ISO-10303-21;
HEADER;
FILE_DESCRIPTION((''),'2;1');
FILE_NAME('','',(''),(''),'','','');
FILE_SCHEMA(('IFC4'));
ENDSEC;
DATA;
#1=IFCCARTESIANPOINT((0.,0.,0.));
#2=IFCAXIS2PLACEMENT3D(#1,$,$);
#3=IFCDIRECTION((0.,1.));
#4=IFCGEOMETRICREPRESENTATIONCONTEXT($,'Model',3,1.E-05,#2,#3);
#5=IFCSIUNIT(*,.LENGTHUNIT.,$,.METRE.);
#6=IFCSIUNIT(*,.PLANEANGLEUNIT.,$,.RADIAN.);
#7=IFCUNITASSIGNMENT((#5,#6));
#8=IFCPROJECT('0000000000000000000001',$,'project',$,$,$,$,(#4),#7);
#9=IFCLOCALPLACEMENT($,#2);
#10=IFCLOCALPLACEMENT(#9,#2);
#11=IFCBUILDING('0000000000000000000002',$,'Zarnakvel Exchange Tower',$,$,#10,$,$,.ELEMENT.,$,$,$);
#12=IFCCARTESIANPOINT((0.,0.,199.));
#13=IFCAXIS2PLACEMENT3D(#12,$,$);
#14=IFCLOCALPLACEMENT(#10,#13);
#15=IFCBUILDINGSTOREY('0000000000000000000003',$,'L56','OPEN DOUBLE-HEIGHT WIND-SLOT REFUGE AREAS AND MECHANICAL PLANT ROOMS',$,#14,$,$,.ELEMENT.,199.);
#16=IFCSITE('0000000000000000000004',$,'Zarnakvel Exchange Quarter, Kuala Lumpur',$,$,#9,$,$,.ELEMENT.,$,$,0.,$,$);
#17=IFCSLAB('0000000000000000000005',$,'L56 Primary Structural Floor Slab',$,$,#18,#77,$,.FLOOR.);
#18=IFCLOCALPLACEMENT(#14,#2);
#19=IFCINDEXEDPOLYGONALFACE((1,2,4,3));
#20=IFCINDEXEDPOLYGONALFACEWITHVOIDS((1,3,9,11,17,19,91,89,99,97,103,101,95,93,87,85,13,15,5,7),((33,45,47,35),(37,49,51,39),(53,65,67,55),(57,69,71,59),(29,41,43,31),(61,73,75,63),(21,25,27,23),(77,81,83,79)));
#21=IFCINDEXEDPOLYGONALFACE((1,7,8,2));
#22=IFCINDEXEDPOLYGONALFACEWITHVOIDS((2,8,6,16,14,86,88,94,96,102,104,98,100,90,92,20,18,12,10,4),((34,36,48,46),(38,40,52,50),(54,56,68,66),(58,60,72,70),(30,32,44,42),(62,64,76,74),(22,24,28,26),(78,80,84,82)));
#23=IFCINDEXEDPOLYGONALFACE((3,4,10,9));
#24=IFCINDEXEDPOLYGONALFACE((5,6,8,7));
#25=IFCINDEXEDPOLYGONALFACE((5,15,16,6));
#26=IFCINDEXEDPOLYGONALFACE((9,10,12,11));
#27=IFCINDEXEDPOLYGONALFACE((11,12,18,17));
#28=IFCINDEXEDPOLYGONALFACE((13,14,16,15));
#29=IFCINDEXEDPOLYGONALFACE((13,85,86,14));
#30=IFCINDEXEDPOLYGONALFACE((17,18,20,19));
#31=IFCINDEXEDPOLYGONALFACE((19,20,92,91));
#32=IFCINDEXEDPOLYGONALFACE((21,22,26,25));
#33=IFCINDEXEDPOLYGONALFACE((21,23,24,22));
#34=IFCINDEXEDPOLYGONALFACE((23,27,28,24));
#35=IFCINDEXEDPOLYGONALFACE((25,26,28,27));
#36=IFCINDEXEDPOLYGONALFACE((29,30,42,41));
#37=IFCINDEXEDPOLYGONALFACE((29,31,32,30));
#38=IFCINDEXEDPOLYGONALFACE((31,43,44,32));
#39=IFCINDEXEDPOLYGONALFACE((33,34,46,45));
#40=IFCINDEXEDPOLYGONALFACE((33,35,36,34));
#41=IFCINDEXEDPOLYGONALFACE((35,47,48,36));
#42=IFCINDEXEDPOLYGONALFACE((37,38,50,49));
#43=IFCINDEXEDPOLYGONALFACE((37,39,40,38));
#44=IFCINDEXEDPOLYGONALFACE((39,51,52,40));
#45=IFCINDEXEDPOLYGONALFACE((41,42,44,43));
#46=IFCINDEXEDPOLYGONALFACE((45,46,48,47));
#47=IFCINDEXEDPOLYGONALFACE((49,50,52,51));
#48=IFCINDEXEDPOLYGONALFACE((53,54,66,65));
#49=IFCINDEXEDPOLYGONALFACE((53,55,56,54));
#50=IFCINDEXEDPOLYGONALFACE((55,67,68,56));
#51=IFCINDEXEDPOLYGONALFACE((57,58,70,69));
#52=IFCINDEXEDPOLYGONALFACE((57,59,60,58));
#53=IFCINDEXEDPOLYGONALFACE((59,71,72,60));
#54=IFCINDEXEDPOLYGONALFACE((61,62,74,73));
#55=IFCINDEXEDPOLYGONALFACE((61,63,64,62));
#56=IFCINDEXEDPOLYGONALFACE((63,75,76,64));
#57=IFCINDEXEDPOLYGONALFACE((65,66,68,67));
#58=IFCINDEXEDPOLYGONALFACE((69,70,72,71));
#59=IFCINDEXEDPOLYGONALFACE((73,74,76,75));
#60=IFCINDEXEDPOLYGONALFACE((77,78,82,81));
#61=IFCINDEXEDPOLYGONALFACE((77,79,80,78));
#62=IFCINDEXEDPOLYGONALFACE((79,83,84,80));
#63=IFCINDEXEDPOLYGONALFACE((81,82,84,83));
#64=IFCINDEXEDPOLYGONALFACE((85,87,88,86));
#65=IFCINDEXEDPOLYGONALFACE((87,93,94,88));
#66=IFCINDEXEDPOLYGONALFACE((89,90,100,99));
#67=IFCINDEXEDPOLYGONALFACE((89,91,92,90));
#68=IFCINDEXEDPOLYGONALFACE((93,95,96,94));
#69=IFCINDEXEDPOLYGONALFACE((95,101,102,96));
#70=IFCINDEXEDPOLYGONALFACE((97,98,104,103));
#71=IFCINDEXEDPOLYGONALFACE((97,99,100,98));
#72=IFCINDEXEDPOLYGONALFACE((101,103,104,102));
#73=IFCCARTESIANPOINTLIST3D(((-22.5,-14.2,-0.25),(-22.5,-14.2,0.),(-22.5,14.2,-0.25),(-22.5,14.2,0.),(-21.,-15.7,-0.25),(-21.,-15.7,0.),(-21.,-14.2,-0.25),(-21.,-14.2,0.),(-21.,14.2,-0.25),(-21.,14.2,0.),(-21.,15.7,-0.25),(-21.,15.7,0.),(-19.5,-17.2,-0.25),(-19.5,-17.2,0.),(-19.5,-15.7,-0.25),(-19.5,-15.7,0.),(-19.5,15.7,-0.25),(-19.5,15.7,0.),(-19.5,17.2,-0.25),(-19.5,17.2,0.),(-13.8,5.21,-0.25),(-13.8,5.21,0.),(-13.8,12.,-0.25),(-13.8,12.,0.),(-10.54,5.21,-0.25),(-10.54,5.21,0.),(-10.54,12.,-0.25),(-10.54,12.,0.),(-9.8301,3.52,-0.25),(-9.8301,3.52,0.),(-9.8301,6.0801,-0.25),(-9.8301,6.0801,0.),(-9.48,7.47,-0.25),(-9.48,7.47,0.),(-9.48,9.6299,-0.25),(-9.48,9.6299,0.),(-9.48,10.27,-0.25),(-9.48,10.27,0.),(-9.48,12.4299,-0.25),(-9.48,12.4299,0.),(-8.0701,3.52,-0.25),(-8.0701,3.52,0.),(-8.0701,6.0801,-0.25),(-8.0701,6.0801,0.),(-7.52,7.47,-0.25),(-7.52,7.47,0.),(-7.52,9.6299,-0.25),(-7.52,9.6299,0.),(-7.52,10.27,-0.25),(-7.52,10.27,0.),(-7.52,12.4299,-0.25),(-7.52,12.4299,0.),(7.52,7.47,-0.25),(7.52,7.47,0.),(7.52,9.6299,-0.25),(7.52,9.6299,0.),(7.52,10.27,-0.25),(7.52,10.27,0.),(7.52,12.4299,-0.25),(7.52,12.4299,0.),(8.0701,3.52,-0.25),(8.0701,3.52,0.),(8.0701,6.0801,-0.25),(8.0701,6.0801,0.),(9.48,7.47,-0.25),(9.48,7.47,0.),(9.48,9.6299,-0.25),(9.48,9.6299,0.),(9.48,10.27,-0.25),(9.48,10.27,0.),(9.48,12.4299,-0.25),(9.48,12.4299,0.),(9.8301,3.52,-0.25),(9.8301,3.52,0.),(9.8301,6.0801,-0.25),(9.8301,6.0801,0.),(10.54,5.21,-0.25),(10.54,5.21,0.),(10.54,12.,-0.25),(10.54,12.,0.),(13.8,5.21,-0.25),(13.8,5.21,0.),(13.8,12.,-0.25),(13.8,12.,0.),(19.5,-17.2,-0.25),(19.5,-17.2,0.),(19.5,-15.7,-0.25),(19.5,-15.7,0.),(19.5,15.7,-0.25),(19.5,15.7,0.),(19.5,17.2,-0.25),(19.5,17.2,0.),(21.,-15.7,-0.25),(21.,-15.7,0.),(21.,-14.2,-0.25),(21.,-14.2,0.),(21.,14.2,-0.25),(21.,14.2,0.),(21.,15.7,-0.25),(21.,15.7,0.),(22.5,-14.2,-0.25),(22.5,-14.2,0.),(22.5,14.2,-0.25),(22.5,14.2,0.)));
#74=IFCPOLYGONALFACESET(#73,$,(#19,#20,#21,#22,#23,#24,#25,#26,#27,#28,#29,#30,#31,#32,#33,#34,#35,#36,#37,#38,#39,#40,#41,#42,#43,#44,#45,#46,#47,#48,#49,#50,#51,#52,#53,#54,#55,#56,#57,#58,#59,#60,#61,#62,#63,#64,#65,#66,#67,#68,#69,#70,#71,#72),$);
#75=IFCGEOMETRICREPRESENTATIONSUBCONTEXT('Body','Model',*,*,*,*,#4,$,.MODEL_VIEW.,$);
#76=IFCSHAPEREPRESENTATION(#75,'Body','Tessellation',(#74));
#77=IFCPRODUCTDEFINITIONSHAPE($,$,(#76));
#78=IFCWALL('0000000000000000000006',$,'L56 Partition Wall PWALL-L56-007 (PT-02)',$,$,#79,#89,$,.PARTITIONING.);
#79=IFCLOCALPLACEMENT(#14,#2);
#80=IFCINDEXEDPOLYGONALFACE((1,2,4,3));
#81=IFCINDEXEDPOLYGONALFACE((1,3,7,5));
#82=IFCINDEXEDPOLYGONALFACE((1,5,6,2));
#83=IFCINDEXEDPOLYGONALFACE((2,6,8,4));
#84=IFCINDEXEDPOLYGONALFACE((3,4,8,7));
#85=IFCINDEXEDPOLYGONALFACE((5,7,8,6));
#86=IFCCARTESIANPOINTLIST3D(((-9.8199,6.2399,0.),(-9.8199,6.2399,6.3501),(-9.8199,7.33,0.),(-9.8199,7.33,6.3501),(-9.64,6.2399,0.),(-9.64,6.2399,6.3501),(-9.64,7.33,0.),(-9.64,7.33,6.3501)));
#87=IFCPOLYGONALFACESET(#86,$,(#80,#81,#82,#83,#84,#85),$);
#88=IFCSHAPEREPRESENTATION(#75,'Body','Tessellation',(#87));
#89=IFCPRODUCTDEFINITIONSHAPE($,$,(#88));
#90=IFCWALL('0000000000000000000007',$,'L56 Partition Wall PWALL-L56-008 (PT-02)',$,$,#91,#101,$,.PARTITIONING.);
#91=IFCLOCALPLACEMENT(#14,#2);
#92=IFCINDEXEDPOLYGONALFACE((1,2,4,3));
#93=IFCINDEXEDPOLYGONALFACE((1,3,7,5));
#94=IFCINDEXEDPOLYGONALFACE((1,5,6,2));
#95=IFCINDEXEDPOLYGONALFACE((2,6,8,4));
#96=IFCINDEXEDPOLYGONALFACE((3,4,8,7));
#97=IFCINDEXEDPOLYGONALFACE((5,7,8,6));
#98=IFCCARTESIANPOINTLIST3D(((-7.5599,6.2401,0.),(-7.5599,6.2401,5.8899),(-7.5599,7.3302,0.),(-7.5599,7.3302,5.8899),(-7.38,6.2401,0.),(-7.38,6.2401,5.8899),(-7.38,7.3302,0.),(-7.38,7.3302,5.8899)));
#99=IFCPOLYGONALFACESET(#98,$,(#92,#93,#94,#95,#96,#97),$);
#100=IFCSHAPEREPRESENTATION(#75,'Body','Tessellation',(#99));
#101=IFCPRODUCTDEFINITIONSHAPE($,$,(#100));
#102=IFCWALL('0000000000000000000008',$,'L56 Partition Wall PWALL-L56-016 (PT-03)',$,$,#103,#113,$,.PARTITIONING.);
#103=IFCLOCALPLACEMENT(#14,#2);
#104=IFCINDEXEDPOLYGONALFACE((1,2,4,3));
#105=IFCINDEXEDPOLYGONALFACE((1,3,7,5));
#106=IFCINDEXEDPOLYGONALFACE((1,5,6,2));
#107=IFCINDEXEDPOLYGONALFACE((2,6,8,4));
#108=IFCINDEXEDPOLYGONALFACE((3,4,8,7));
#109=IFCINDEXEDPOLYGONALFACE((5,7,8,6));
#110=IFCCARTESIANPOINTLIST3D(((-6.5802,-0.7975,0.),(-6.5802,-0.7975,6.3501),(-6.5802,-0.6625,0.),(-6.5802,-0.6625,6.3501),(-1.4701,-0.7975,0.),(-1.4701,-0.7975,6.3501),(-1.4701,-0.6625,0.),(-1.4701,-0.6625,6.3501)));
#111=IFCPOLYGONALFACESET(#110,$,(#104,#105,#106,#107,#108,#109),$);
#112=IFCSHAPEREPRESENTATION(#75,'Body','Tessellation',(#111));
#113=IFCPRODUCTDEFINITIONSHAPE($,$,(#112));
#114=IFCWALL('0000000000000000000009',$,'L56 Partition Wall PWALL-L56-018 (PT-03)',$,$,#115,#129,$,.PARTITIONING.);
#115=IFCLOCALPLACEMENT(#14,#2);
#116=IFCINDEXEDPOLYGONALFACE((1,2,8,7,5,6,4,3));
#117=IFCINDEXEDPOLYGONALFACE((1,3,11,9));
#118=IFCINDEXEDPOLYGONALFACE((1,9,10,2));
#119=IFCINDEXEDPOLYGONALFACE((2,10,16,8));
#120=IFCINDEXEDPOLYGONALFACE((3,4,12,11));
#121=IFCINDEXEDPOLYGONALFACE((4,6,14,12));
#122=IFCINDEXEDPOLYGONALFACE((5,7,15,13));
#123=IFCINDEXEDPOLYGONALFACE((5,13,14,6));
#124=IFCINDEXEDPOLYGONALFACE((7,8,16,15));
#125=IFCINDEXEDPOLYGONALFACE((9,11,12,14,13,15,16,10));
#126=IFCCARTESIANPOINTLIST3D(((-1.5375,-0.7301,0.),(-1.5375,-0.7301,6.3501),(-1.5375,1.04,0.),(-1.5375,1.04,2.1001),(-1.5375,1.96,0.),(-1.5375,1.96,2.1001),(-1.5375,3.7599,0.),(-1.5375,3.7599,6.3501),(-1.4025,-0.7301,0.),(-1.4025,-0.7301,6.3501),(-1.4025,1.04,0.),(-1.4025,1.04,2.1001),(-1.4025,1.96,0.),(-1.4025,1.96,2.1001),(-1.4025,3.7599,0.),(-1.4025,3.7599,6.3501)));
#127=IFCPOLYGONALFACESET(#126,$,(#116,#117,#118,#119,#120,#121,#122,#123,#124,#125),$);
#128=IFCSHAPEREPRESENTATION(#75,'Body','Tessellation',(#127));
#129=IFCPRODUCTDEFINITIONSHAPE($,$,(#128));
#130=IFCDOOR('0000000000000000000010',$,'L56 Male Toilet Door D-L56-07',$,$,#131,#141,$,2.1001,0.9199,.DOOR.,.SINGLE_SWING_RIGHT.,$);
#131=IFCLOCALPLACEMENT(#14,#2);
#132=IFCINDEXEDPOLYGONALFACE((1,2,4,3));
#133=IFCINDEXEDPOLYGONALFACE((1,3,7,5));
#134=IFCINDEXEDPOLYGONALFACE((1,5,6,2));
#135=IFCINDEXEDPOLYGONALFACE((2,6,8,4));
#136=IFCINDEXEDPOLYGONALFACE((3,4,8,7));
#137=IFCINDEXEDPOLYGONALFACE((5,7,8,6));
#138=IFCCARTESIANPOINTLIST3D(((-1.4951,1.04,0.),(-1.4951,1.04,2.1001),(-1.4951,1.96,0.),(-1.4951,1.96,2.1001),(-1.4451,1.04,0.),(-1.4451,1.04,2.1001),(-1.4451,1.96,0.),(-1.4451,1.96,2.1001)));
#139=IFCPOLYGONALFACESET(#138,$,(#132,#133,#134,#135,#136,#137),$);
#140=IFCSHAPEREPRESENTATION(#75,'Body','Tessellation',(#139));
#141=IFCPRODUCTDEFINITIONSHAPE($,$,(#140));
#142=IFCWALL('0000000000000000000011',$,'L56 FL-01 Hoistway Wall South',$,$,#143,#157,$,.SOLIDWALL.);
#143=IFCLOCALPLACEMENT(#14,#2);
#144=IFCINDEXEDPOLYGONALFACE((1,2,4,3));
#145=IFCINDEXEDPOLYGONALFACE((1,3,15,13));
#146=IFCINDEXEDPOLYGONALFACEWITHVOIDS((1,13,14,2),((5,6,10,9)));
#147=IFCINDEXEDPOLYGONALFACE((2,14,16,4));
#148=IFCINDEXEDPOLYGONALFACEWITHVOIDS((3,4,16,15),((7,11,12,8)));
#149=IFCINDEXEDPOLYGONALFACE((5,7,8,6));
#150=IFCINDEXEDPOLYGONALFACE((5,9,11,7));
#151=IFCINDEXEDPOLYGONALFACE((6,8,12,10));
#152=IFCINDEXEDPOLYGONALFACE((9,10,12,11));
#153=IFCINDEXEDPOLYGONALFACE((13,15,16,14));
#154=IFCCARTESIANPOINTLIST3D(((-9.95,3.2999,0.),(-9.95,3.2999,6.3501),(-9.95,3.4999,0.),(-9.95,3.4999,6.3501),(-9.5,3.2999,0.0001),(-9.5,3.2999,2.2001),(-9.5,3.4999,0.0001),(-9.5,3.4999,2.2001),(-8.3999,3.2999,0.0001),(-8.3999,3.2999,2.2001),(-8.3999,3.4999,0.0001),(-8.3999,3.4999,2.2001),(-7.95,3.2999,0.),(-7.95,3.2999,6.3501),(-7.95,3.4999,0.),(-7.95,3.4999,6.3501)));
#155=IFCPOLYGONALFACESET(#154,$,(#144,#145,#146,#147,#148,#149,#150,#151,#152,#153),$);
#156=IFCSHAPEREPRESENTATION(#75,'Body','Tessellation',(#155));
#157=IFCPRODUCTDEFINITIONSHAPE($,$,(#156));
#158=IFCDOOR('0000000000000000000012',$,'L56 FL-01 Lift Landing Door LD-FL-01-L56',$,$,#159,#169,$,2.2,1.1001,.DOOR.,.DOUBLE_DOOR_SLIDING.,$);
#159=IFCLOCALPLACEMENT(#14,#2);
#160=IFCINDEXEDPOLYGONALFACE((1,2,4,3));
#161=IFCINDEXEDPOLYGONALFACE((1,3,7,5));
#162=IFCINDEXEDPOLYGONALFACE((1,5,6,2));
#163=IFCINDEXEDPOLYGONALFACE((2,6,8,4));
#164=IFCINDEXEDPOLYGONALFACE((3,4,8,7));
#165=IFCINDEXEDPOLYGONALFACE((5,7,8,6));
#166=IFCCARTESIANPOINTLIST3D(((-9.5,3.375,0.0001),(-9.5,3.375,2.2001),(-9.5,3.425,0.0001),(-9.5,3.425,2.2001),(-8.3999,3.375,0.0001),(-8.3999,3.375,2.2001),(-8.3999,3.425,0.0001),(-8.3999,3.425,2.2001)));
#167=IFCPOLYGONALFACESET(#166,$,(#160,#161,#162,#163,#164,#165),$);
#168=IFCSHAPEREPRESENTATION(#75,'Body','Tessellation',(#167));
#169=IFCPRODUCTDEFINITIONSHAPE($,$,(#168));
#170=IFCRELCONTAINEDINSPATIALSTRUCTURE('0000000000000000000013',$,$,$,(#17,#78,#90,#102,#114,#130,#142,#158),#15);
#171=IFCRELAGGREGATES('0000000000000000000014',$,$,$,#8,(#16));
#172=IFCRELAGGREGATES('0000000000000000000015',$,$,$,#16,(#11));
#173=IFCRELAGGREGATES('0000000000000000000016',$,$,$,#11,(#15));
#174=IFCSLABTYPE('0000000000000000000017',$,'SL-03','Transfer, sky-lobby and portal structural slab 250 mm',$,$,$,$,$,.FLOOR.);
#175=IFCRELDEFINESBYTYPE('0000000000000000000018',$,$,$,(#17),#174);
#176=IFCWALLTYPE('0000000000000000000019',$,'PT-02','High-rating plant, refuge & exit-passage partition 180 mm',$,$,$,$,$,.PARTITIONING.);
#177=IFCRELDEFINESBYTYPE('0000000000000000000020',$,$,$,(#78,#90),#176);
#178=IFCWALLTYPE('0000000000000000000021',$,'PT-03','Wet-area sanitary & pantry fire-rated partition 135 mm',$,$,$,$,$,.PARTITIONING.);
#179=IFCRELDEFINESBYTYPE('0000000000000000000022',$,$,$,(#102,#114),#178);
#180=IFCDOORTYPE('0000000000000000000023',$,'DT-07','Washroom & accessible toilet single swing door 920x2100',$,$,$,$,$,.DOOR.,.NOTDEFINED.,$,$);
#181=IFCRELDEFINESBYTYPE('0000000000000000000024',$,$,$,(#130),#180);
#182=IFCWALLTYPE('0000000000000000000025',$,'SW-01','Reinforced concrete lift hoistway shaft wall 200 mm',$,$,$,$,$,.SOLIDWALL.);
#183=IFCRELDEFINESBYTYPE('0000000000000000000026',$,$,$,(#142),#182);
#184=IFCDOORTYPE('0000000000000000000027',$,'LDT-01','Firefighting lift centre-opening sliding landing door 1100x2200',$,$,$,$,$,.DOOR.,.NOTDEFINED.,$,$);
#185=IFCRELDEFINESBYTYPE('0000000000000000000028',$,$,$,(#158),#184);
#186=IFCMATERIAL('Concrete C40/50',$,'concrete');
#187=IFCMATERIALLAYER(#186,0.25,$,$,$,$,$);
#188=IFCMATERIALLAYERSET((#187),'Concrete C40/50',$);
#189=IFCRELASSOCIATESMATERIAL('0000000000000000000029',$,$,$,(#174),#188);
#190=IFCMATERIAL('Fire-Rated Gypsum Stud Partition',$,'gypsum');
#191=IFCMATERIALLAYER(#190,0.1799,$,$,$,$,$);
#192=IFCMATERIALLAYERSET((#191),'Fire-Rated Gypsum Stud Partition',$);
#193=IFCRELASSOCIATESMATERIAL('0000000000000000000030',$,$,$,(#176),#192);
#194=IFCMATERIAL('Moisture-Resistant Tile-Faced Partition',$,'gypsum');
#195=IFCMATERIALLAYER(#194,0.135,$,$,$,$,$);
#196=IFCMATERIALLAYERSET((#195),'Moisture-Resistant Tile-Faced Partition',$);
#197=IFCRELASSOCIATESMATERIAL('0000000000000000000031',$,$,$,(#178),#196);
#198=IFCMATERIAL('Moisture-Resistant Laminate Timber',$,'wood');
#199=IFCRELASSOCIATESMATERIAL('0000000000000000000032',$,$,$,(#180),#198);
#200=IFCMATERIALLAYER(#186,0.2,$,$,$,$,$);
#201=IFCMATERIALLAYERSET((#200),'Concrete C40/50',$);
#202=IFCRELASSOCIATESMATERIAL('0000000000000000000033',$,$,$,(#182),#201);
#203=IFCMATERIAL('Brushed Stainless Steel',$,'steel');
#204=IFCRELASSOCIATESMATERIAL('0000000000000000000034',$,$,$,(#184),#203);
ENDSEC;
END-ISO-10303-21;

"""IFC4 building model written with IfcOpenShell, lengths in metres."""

from ifc_helpers import new_model, si_unit, direction, frame, frame_2d, origin, place, context, subcontext, project, spatial, polyline, rectangle, outline, extrude, source, transform, mapped, material, layer, layer_set, type_object, element, fill, save


model = new_model("IFC4")

# Units and contexts
model_context = context("Model", 3, precision=1e-05, world=origin(), true_north=direction((0.0, 1.0)))
body_context = subcontext(model_context, "Body", "Model", "MODEL_VIEW")
ifc_project = project(units=[si_unit("LENGTHUNIT", "METRE"), si_unit("PLANEANGLEUNIT", "RADIAN")], contexts=[model_context])

# Site, building, storey
site_placement = place(None, origin())
site = spatial("IfcSite", under=ifc_project, at=site_placement, Name="Zarnakvel Exchange Quarter, Kuala Lumpur", CompositionType="ELEMENT", RefElevation=0.0)
building_placement = place(site_placement, origin())
building = spatial("IfcBuilding", under=site, at=building_placement, Name="Zarnakvel Exchange Tower", CompositionType="ELEMENT")
storey_placement = place(building_placement, frame((0.0, 0.0, 199.0)))
storey = spatial("IfcBuildingStorey", under=building, at=storey_placement, Name="L56", Description="OPEN DOUBLE-HEIGHT WIND-SLOT REFUGE AREAS AND MECHANICAL PLANT ROOMS", CompositionType="ELEMENT", Elevation=199.0)

# Slab
ifc_material_1 = material(Name="Concrete C40/50", Category="concrete")
ifc_layer_1 = layer(ifc_material_1, 0.25)
ifc_layer_set_1 = layer_set([ifc_layer_1], Name="Concrete C40/50")
slab_type = type_object("IfcSlabType", Name="SL-03", Description="Transfer, sky-lobby and portal structural slab 250 mm", PredefinedType="FLOOR", material=ifc_layer_set_1)
slab_placement = place(storey_placement, frame((0.0, 0.0, -0.25)))
element("IfcSlab", 1, at=slab_placement, inside=storey, type_object=slab_type, Name="L56 Primary Structural Floor Slab", PredefinedType="FLOOR", context=body_context, shape_type="SweptSolid", body=[
    extrude(outline(polyline([(-22.5, -14.2), (-21.0, -14.2), (-21.0, -15.7), (-19.5, -15.7), (-19.5, -17.2), (19.5, -17.2), (19.5, -15.7), (21.0, -15.7), (21.0, -14.2), (22.5, -14.2), (22.5, 14.2), (21.0, 14.2), (21.0, 15.7), (19.5, 15.7), (19.5, 17.2), (-19.5, 17.2), (-19.5, 15.7), (-21.0, 15.7), (-21.0, 14.2), (-22.5, 14.2), (-22.5, -14.2)]), holes=[polyline([(-13.8, 5.21), (-10.54, 5.21), (-10.54, 12.0), (-13.8, 12.0), (-13.8, 5.21)]), polyline([(10.54, 5.21), (13.8, 5.21), (13.8, 12.0), (10.54, 12.0), (10.54, 5.21)]), polyline([(-9.8301, 3.52), (-8.0701, 3.52), (-8.0701, 6.0801), (-9.8301, 6.0801), (-9.8301, 3.52)]), polyline([(8.0701, 3.52), (9.8301, 3.52), (9.8301, 6.0801), (8.0701, 6.0801), (8.0701, 3.52)]), polyline([(-9.48, 7.47), (-7.52, 7.47), (-7.52, 9.6299), (-9.48, 9.6299), (-9.48, 7.47)]), polyline([(-9.48, 10.27), (-7.52, 10.27), (-7.52, 12.4299), (-9.48, 12.4299), (-9.48, 10.27)]), polyline([(7.52, 7.47), (9.48, 7.47), (9.48, 9.6299), (7.52, 9.6299), (7.52, 7.47)]), polyline([(7.52, 10.27), (9.48, 10.27), (9.48, 12.4299), (7.52, 12.4299), (7.52, 10.27)])]), origin(), (0.0, 0.0, 1.0), 0.25),
])

# Walls
ifc_material_2 = material(Name="Fire-Rated Gypsum Stud Partition", Category="gypsum")
ifc_layer_2 = layer(ifc_material_2, 0.1799)
ifc_layer_set_2 = layer_set([ifc_layer_2], Name="Fire-Rated Gypsum Stud Partition")
wall_type_1 = type_object("IfcWallType", Name="PT-02", Description="High-rating plant, refuge & exit-passage partition 180 mm", PredefinedType="PARTITIONING", material=ifc_layer_set_2)
wall_1_placement = place(storey_placement, frame((-9.73, 6.24, 0.0), z_axis=(0.0, 0.0, 1.0), x_axis=(0.0, 1.0, 0.0)))
element("IfcWall", 2, at=wall_1_placement, inside=storey, type_object=wall_type_1, Name="L56 Partition Wall PWALL-L56-007 (PT-02)", PredefinedType="PARTITIONING", context=body_context, shape_type="SweptSolid", body=[
    extrude(rectangle(XDim=1.0901, YDim=0.1799, at=frame_2d((0.5449, 0.0))), origin(), (0.0, 0.0, 1.0), 6.3501),
])
wall_2_placement = place(storey_placement, frame((-7.47, 7.3301, 0.0), z_axis=(0.0, 0.0, 1.0), x_axis=(0.0, -1.0, 0.0)))
element("IfcWall", 3, at=wall_2_placement, inside=storey, type_object=wall_type_1, Name="L56 Partition Wall PWALL-L56-008 (PT-02)", PredefinedType="PARTITIONING", context=body_context, shape_type="SweptSolid", body=[
    extrude(rectangle(XDim=1.0901, YDim=0.1799, at=frame_2d((0.5449, 0.0))), origin(), (0.0, 0.0, 1.0), 5.8899),
])
ifc_material_3 = material(Name="Moisture-Resistant Tile-Faced Partition", Category="gypsum")
ifc_layer_3 = layer(ifc_material_3, 0.135)
ifc_layer_set_3 = layer_set([ifc_layer_3], Name="Moisture-Resistant Tile-Faced Partition")
wall_type_2 = type_object("IfcWallType", Name="PT-03", Description="Wet-area sanitary & pantry fire-rated partition 135 mm", PredefinedType="PARTITIONING", material=ifc_layer_set_3)
wall_3_placement = place(storey_placement, frame((-1.47, -0.73, 0.0), z_axis=(0.0, 0.0, 1.0), x_axis=(-1.0, 0.0, 0.0)))
element("IfcWall", 4, at=wall_3_placement, inside=storey, type_object=wall_type_2, Name="L56 Partition Wall PWALL-L56-016 (PT-03)", PredefinedType="PARTITIONING", context=body_context, shape_type="SweptSolid", body=[
    extrude(rectangle(XDim=5.1101, YDim=0.135, at=frame_2d((2.5552, 0.0))), origin(), (0.0, 0.0, 1.0), 6.3501),
])

# Walls, openings, doors
wall_4_placement = place(storey_placement, frame((-1.47, 3.76, 0.0), z_axis=(0.0, 0.0, 1.0), x_axis=(0.0, -1.0, 0.0)))
wall_4 = element("IfcWall", 5, at=wall_4_placement, inside=storey, type_object=wall_type_2, Name="L56 Partition Wall PWALL-L56-018 (PT-03)", PredefinedType="PARTITIONING", context=body_context, shape_type="SweptSolid", body=[
    extrude(rectangle(XDim=4.49, YDim=0.135, at=frame_2d((2.2451, 0.0))), origin(), (0.0, 0.0, 1.0), 6.3501),
])
opening_1_placement = place(wall_4_placement, frame((1.8, 0.0, 0.0)))
opening_1 = element("IfcOpeningElement", 6, at=opening_1_placement, cuts=wall_4, PredefinedType="OPENING", context=body_context, shape_type="SweptSolid", body=[
    extrude(rectangle(XDim=0.9199, YDim=2.1001, at=frame_2d((0.46, 1.05))), frame((0.0, 0.0774, 0.0), z_axis=(0.0, -1.0, 0.0), x_axis=(1.0, 0.0, 0.0)), (0.0, 0.0, 1.0), 0.155),
])
ifc_material_4 = material(Name="Moisture-Resistant Laminate Timber", Category="wood")
door_type_1 = type_object("IfcDoorType", Name="DT-07", Description="Washroom & accessible toilet single swing door 920x2100", OperationType="NOTDEFINED", PredefinedType="DOOR", material=ifc_material_4)
shared_shape_1 = source(origin(), body_context, "Body", "SweptSolid", [
    extrude(rectangle(XDim=0.9199, YDim=2.1001, at=frame_2d((0.46, 1.05))), frame((0.0, 0.0249, 0.0), z_axis=(0.0, -1.0, 0.0), x_axis=(1.0, 0.0, 0.0)), (0.0, 0.0, 1.0), 0.05),
])
door_1_placement = place(opening_1_placement, origin())
door_1 = element("IfcDoor", 7, at=door_1_placement, inside=storey, type_object=door_type_1, Name="L56 Male Toilet Door D-L56-07", OperationType="SINGLE_SWING_RIGHT", OverallHeight=2.1001, OverallWidth=0.9199, PredefinedType="DOOR", context=body_context, shape_type="MappedRepresentation", body=[
    mapped(shared_shape_1, transform((0.0, 0.0, 0.0), x_axis=(1.0, 0.0, 0.0), y_axis=(0.0, 1.0, 0.0), z_axis=(0.0, 0.0, 1.0), scale=1.0)),
])
fill(opening_1, door_1)
ifc_layer_4 = layer(ifc_material_1, 0.2)
ifc_layer_set_4 = layer_set([ifc_layer_4], Name="Concrete C40/50")
wall_type_3 = type_object("IfcWallType", Name="SW-01", Description="Reinforced concrete lift hoistway shaft wall 200 mm", PredefinedType="SOLIDWALL", material=ifc_layer_set_4)
wall_5_placement = place(storey_placement, frame((-7.95, 3.3999, 0.0), z_axis=(0.0, 0.0, 1.0), x_axis=(-1.0, 0.0, 0.0)))
wall_5 = element("IfcWall", 8, at=wall_5_placement, inside=storey, type_object=wall_type_3, Name="L56 FL-01 Hoistway Wall South", PredefinedType="SOLIDWALL", context=body_context, shape_type="SweptSolid", body=[
    extrude(rectangle(XDim=2.0, YDim=0.2, at=frame_2d((1.0, 0.0))), origin(), (0.0, 0.0, 1.0), 6.3501),
])
opening_2_placement = place(wall_5_placement, frame((0.45, 0.0, 0.0)))
opening_2 = element("IfcOpeningElement", 9, at=opening_2_placement, cuts=wall_5, PredefinedType="OPENING", context=body_context, shape_type="SweptSolid", body=[
    extrude(rectangle(XDim=1.1001, YDim=2.2, at=frame_2d((0.55, 1.1001))), frame((0.0, 0.1099, 0.0), z_axis=(0.0, -1.0, 0.0), x_axis=(1.0, 0.0, 0.0)), (0.0, 0.0, 1.0), 0.22),
])
ifc_material_5 = material(Name="Brushed Stainless Steel", Category="steel")
door_type_2 = type_object("IfcDoorType", Name="LDT-01", Description="Firefighting lift centre-opening sliding landing door 1100x2200", OperationType="NOTDEFINED", PredefinedType="DOOR", material=ifc_material_5)
shared_shape_2 = source(origin(), body_context, "Body", "SweptSolid", [
    extrude(rectangle(XDim=1.1001, YDim=2.2, at=frame_2d((0.55, 1.1001))), frame((0.0, 0.0249, 0.0), z_axis=(0.0, -1.0, 0.0), x_axis=(1.0, 0.0, 0.0)), (0.0, 0.0, 1.0), 0.05),
])
door_2_placement = place(opening_2_placement, origin())
door_2 = element("IfcDoor", 10, at=door_2_placement, inside=storey, type_object=door_type_2, Name="L56 FL-01 Lift Landing Door LD-FL-01-L56", OperationType="DOUBLE_DOOR_SLIDING", OverallHeight=2.2, OverallWidth=1.1001, PredefinedType="DOOR", context=body_context, shape_type="MappedRepresentation", body=[
    mapped(shared_shape_2, transform((0.0, 0.0, 0.0), x_axis=(1.0, 0.0, 0.0), y_axis=(0.0, 1.0, 0.0), z_axis=(0.0, 0.0, 1.0), scale=1.0)),
])
fill(opening_2, door_2)

save(model, "model.ifc")
